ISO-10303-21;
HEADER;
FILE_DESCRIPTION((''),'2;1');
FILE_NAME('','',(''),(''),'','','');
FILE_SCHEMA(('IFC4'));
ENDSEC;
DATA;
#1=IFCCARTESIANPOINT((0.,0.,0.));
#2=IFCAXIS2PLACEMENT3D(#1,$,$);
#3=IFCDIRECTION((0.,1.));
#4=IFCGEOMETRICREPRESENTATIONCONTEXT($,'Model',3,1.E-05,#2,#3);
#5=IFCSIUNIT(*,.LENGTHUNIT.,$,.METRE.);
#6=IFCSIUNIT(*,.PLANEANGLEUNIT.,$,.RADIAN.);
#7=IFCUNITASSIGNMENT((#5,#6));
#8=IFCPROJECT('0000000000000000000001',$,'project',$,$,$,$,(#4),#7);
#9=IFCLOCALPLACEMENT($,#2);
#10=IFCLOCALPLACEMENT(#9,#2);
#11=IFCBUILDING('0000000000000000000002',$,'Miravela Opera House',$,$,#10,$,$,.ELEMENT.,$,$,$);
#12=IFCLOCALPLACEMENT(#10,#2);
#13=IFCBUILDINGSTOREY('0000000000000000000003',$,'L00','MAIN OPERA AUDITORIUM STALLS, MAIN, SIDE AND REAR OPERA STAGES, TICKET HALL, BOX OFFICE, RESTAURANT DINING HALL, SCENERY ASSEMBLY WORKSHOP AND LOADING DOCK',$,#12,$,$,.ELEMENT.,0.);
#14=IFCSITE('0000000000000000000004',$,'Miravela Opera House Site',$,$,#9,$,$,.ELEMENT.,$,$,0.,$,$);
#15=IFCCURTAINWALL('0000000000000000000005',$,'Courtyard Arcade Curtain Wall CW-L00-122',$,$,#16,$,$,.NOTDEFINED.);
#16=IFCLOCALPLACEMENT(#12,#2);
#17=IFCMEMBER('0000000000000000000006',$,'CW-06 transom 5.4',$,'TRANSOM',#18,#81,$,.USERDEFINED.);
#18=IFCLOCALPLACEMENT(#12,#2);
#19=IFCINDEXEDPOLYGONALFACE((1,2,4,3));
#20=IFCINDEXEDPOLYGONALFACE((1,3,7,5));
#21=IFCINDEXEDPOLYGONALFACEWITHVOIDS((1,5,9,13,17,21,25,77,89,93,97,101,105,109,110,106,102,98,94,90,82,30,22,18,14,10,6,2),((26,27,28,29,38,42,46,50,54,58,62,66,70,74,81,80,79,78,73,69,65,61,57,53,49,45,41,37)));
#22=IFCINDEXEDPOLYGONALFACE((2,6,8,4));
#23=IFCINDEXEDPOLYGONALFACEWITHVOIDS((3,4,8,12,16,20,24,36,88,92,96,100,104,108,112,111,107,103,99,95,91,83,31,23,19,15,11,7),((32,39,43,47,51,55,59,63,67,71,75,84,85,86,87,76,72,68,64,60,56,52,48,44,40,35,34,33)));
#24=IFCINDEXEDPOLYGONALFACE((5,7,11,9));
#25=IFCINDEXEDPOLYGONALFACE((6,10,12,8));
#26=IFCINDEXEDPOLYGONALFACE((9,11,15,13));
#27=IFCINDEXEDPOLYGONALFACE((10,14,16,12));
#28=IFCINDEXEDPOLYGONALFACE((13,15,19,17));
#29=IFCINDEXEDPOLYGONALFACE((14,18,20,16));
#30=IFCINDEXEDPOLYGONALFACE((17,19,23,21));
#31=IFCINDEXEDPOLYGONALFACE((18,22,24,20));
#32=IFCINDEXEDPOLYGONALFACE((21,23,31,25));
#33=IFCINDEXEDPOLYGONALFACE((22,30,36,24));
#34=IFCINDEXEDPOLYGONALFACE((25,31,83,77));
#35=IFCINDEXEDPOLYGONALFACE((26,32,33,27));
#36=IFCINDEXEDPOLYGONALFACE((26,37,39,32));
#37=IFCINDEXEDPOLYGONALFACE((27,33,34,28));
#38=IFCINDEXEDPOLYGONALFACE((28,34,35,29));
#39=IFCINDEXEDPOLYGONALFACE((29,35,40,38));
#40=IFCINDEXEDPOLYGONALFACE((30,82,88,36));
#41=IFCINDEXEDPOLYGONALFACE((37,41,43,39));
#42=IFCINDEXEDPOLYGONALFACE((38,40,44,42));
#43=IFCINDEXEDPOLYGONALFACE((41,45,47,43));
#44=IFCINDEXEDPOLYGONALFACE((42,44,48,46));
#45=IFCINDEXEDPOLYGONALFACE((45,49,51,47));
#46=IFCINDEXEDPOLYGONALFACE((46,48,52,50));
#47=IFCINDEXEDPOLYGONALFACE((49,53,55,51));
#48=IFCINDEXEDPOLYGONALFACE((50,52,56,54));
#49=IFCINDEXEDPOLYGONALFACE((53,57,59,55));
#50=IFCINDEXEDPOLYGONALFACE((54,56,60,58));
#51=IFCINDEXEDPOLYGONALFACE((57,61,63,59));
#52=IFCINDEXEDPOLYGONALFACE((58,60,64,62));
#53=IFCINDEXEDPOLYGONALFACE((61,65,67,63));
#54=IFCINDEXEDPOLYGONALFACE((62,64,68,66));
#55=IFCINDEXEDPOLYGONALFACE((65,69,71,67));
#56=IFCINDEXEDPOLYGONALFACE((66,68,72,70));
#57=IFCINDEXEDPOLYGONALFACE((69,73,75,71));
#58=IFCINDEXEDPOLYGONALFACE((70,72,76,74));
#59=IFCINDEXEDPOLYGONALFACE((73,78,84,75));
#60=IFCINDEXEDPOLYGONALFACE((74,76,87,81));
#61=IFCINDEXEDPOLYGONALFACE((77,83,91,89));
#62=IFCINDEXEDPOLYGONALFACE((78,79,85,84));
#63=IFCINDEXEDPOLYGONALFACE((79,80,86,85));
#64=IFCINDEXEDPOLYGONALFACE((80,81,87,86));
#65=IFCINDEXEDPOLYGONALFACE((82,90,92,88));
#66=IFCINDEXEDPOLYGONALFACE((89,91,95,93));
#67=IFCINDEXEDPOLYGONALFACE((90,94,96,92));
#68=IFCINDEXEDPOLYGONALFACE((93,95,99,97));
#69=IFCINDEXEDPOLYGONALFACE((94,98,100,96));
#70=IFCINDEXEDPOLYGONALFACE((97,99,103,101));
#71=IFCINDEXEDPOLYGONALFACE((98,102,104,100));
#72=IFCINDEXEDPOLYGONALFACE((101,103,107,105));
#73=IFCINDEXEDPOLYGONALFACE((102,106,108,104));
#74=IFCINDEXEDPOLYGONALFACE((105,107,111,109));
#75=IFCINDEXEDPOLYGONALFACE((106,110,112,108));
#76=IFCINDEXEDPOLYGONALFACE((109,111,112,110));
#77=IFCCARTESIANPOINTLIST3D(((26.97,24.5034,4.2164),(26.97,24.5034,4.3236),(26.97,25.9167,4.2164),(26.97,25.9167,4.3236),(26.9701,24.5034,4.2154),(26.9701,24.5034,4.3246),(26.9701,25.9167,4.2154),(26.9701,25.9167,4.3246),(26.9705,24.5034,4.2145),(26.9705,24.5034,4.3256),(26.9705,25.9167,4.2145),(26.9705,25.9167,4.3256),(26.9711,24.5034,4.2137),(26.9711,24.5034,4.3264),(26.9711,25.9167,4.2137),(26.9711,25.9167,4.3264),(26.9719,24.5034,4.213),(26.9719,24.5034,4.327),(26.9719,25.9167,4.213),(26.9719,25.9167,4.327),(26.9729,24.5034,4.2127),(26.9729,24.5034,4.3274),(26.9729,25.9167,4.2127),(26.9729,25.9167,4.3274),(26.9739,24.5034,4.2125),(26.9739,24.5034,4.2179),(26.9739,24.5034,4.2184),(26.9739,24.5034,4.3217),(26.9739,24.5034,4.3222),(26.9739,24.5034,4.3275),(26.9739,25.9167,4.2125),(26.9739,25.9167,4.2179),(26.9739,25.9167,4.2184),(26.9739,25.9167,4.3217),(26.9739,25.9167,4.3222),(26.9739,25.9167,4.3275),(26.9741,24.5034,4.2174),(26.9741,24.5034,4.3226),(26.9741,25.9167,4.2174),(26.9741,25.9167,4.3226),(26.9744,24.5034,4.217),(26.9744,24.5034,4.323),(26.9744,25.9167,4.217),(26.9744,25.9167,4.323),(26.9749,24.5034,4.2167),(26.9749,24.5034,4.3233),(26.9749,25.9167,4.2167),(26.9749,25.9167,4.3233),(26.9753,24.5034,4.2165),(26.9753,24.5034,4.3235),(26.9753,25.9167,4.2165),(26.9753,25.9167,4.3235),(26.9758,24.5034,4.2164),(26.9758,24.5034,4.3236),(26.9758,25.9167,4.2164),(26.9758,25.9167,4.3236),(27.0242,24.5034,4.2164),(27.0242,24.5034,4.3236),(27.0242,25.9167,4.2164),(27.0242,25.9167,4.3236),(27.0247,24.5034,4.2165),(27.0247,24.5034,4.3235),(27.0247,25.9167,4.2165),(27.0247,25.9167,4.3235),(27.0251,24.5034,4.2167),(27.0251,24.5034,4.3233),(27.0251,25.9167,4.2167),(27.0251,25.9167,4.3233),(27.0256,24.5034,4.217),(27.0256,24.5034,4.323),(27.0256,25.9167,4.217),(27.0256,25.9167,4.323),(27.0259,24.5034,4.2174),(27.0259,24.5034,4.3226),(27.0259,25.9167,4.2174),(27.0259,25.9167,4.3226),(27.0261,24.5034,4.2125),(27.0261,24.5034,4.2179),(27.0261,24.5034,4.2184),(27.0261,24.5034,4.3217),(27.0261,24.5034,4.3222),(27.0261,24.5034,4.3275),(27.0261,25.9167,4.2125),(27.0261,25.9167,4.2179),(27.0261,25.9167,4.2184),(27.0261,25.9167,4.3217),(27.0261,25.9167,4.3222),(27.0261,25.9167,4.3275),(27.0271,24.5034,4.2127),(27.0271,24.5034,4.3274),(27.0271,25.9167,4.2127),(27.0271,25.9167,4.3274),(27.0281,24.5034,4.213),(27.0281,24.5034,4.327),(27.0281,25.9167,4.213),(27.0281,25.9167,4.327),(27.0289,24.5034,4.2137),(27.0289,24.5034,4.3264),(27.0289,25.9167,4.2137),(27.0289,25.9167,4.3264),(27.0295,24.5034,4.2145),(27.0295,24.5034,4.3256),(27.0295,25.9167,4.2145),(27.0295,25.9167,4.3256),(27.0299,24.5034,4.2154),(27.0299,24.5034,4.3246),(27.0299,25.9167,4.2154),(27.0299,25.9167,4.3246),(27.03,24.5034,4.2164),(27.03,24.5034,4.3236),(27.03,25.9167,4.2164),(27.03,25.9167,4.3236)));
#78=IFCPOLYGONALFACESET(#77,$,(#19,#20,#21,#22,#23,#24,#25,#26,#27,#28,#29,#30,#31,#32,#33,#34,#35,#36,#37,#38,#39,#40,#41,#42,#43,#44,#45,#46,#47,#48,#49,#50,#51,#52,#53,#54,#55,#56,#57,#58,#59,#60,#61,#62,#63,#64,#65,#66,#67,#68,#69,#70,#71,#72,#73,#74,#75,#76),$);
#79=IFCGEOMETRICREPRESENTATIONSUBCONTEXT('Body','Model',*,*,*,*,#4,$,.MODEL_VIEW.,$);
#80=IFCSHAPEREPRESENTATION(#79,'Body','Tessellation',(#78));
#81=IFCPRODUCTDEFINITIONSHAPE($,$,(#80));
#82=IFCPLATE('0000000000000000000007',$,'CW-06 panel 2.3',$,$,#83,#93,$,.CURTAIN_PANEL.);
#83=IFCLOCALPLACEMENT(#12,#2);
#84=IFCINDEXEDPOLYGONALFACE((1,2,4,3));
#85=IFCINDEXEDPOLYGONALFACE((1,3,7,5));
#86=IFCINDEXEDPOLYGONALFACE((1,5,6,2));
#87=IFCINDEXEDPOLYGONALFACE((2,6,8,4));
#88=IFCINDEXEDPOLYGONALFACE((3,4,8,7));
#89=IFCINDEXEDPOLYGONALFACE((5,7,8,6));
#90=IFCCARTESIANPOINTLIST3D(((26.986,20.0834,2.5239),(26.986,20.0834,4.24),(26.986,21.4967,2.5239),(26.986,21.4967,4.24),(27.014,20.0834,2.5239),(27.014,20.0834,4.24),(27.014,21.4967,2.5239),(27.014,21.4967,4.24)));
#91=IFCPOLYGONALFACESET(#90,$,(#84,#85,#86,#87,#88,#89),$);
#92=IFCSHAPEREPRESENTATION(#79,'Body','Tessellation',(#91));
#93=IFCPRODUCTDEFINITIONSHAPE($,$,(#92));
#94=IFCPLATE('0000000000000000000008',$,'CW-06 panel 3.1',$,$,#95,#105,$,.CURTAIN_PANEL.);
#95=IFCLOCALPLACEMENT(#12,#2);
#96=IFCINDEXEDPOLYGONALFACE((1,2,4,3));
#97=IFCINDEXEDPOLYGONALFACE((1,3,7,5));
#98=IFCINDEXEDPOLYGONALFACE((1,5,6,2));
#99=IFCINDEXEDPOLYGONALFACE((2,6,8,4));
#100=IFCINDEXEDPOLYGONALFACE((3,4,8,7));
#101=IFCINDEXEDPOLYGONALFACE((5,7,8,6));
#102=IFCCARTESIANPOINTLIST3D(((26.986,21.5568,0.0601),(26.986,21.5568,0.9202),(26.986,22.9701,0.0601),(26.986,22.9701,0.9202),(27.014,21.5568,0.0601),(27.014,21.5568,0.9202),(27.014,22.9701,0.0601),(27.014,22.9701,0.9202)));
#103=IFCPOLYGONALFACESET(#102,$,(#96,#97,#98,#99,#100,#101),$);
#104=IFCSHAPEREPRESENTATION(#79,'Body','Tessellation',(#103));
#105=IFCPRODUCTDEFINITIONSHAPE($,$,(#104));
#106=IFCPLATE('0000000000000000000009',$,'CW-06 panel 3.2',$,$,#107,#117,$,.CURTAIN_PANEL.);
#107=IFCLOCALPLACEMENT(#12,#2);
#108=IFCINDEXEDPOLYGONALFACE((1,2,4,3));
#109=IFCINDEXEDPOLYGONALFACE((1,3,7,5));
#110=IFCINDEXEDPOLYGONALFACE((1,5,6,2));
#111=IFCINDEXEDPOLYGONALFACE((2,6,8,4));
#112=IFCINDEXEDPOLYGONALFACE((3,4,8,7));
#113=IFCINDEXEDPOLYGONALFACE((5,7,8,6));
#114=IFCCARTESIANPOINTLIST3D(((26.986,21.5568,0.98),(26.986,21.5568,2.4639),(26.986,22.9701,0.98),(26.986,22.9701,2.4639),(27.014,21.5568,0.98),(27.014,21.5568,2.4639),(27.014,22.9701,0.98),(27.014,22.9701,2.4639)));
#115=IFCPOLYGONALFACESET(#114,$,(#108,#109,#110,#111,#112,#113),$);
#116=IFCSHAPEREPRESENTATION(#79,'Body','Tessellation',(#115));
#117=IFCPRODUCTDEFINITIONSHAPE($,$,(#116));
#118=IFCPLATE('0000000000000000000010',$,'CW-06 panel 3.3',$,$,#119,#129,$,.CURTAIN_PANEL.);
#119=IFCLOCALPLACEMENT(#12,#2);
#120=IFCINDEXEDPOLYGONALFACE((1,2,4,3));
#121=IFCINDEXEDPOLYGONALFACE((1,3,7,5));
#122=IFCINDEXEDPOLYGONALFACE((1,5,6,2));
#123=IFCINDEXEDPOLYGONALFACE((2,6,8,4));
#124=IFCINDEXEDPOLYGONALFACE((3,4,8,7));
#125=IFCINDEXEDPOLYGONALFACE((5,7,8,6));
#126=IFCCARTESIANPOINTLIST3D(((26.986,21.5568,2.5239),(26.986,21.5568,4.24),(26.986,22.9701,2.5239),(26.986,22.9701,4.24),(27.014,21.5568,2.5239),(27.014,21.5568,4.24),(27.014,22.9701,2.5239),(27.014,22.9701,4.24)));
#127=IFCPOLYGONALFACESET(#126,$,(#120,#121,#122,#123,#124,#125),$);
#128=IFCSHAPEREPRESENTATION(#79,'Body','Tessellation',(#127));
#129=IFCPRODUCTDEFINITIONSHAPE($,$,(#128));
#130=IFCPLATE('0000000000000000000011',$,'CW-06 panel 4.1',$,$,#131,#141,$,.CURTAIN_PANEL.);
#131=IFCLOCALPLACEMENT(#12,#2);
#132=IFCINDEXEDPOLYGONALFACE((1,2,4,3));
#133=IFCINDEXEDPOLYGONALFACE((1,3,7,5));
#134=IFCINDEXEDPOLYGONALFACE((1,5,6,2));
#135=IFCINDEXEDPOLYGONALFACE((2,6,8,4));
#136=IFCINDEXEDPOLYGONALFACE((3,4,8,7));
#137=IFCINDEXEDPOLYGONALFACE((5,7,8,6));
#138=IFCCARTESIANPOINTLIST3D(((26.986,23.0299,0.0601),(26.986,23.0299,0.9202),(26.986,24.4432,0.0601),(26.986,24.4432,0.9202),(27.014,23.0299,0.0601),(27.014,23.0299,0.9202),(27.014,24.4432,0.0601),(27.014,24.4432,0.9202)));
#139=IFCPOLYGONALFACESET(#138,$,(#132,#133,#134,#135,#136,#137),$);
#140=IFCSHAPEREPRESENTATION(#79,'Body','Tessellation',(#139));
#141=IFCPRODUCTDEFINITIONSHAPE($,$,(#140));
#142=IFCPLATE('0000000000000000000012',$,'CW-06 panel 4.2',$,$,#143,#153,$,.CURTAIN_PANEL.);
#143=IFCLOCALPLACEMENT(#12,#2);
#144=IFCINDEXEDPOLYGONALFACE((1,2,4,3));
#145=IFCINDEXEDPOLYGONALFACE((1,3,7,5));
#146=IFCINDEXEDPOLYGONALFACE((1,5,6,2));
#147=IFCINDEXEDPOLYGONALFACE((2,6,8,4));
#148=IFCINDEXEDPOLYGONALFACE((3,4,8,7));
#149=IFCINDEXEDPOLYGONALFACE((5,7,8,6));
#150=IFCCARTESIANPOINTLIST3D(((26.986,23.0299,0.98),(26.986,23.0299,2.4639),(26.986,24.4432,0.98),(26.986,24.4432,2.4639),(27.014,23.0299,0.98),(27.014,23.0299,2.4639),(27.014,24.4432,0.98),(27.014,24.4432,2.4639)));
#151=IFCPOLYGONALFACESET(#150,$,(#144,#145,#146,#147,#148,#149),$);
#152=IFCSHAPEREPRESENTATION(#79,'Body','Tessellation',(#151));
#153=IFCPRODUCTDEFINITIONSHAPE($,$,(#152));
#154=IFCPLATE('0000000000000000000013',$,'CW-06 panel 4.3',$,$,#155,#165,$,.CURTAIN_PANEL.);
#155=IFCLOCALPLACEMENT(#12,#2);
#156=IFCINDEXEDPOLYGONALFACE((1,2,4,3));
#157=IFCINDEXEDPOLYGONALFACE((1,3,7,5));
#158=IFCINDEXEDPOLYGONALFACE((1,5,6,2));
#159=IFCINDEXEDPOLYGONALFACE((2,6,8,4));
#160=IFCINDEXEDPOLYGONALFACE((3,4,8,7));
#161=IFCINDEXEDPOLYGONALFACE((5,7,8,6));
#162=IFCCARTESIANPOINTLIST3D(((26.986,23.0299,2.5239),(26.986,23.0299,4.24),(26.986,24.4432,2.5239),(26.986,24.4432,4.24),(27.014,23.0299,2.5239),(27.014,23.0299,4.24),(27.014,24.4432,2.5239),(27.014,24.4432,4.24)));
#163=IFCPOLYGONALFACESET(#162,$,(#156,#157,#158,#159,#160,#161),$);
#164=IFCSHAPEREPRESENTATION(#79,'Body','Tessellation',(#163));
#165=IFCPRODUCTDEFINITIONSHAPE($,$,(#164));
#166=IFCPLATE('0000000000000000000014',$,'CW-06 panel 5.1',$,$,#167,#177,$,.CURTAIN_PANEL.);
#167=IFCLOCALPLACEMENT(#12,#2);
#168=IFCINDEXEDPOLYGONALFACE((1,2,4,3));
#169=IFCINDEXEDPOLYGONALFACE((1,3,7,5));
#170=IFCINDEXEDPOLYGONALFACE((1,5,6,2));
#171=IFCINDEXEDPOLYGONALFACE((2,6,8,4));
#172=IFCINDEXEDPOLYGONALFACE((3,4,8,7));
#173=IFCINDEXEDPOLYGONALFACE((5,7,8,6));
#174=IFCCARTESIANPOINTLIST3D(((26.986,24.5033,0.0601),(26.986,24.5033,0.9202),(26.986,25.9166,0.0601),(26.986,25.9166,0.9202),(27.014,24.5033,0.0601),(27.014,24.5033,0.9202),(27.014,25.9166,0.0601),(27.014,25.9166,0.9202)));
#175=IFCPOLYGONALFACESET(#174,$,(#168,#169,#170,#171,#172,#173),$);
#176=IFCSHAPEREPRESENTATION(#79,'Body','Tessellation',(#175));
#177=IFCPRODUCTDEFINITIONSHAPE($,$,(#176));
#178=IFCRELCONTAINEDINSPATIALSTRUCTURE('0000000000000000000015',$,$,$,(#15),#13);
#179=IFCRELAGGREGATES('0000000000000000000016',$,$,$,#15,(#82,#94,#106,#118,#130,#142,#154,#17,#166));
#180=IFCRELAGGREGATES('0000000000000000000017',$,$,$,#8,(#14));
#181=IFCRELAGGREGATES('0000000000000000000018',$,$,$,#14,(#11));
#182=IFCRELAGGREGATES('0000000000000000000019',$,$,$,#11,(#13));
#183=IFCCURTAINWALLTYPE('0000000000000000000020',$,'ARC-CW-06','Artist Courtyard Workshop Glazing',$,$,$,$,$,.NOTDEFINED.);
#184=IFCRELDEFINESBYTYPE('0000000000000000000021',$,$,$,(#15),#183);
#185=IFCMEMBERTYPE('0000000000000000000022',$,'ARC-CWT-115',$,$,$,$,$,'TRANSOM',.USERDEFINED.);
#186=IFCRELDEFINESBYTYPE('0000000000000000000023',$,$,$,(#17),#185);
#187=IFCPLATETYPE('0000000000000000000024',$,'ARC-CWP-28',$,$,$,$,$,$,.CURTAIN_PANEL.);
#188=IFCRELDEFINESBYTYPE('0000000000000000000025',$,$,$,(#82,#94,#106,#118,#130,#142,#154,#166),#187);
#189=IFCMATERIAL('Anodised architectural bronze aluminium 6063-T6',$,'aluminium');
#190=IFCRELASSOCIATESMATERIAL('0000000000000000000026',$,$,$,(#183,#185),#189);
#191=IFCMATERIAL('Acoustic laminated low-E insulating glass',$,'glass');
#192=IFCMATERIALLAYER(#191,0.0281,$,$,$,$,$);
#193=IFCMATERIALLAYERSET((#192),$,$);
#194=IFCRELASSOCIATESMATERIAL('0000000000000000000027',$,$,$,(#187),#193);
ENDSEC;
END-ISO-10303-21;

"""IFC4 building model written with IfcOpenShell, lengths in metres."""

from ifc_helpers import new_model, si_unit, direction, frame, origin, origin_2d, place, context, subcontext, project, spatial, rectangle, hollow_rectangle, extrude, material, layer, layer_set, material_profile, profile_set, type_object, element, aggregate, save


model = new_model("IFC4")

# Units and contexts
model_context = context("Model", 3, precision=1e-05, world=origin(), true_north=direction((0.0, 1.0)))
body_context = subcontext(model_context, "Body", "Model", "MODEL_VIEW")
ifc_project = project(units=[si_unit("LENGTHUNIT", "METRE"), si_unit("PLANEANGLEUNIT", "RADIAN")], contexts=[model_context])

# Site, building, storey
site_placement = place(None, origin())
site = spatial("IfcSite", under=ifc_project, at=site_placement, Name="Miravela Opera House Site", CompositionType="ELEMENT", RefElevation=0.0)
building_placement = place(site_placement, origin())
building = spatial("IfcBuilding", under=site, at=building_placement, Name="Miravela Opera House", CompositionType="ELEMENT")
storey_placement = place(building_placement, origin())
storey = spatial("IfcBuildingStorey", under=building, at=storey_placement, Name="L00", Description="MAIN OPERA AUDITORIUM STALLS, MAIN, SIDE AND REAR OPERA STAGES, TICKET HALL, BOX OFFICE, RESTAURANT DINING HALL, SCENERY ASSEMBLY WORKSHOP AND LOADING DOCK", CompositionType="ELEMENT", Elevation=0.0)

# Curtain wall, member, plates
ifc_material_1 = material(Name="Anodised architectural bronze aluminium 6063-T6", Category="aluminium")
curtain_wall_type = type_object("IfcCurtainWallType", Name="ARC-CW-06", Description="Artist Courtyard Workshop Glazing", PredefinedType="NOTDEFINED", material=ifc_material_1)
curtain_wall_placement = place(storey_placement, origin())
curtain_wall = element("IfcCurtainWall", 1, at=curtain_wall_placement, inside=storey, type_object=curtain_wall_type, Name="Courtyard Arcade Curtain Wall CW-L00-122", PredefinedType="NOTDEFINED")
ifc_material_profile_1 = material_profile(ifc_material_1, hollow_rectangle(XDim=0.0601, YDim=0.115, WallThickness=0.0039, InnerFilletRadius=0.002, OuterFilletRadius=0.0039, at=origin_2d()), Name="CWT-60X115")
ifc_profile_set_1 = profile_set([ifc_material_profile_1])
member_type_1 = type_object("IfcMemberType", Name="ARC-CWT-115", ElementType="TRANSOM", PredefinedType="USERDEFINED", material=ifc_profile_set_1)
member_1_placement = place(storey_placement, frame((27.0, 24.5034, 4.27), z_axis=(0.0, 1.0, 0.0), x_axis=(-1.0, 0.0, 0.0)))
member_1 = element("IfcMember", 2, at=member_1_placement, type_object=member_type_1, Name="CW-06 transom 5.4", ObjectType="TRANSOM", PredefinedType="USERDEFINED", context=body_context, shape_type="SweptSolid", body=[
    extrude(hollow_rectangle(XDim=0.0601, YDim=0.115, WallThickness=0.0039, InnerFilletRadius=0.002, OuterFilletRadius=0.0039, at=origin_2d()), origin(), (0.0, 0.0, 1.0), 1.4133),
])
ifc_material_2 = material(Name="Acoustic laminated low-E insulating glass", Category="glass")
ifc_layer = layer(ifc_material_2, 0.0281)
ifc_layer_set = layer_set([ifc_layer])
plate_type = type_object("IfcPlateType", Name="ARC-CWP-28", PredefinedType="CURTAIN_PANEL", material=ifc_layer_set)
plate_1_placement = place(storey_placement, frame((27.0, 20.79, 2.5239), z_axis=(0.0, 0.0, 1.0), x_axis=(0.0, 1.0, 0.0)))
plate_1 = element("IfcPlate", 3, at=plate_1_placement, type_object=plate_type, Name="CW-06 panel 2.3", PredefinedType="CURTAIN_PANEL", context=body_context, shape_type="SweptSolid", body=[
    extrude(rectangle(XDim=1.4133, YDim=0.0281, at=origin_2d()), origin(), (0.0, 0.0, 1.0), 1.7161),
])
plate_2_placement = place(storey_placement, frame((27.0, 22.2634, 0.0601), z_axis=(0.0, 0.0, 1.0), x_axis=(0.0, 1.0, 0.0)))
plate_2 = element("IfcPlate", 4, at=plate_2_placement, type_object=plate_type, Name="CW-06 panel 3.1", PredefinedType="CURTAIN_PANEL", context=body_context, shape_type="SweptSolid", body=[
    extrude(rectangle(XDim=1.4133, YDim=0.0281, at=origin_2d()), origin(), (0.0, 0.0, 1.0), 0.8601),
])
plate_3_placement = place(storey_placement, frame((27.0, 22.2634, 0.98), z_axis=(0.0, 0.0, 1.0), x_axis=(0.0, 1.0, 0.0)))
plate_3 = element("IfcPlate", 5, at=plate_3_placement, type_object=plate_type, Name="CW-06 panel 3.2", PredefinedType="CURTAIN_PANEL", context=body_context, shape_type="SweptSolid", body=[
    extrude(rectangle(XDim=1.4133, YDim=0.0281, at=origin_2d()), origin(), (0.0, 0.0, 1.0), 1.4839),
])
plate_4_placement = place(storey_placement, frame((27.0, 22.2634, 2.5239), z_axis=(0.0, 0.0, 1.0), x_axis=(0.0, 1.0, 0.0)))
plate_4 = element("IfcPlate", 6, at=plate_4_placement, type_object=plate_type, Name="CW-06 panel 3.3", PredefinedType="CURTAIN_PANEL", context=body_context, shape_type="SweptSolid", body=[
    extrude(rectangle(XDim=1.4133, YDim=0.0281, at=origin_2d()), origin(), (0.0, 0.0, 1.0), 1.7161),
])
plate_5_placement = place(storey_placement, frame((27.0, 23.7366, 0.0601), z_axis=(0.0, 0.0, 1.0), x_axis=(0.0, 1.0, 0.0)))
plate_5 = element("IfcPlate", 7, at=plate_5_placement, type_object=plate_type, Name="CW-06 panel 4.1", PredefinedType="CURTAIN_PANEL", context=body_context, shape_type="SweptSolid", body=[
    extrude(rectangle(XDim=1.4133, YDim=0.0281, at=origin_2d()), origin(), (0.0, 0.0, 1.0), 0.8601),
])
plate_6_placement = place(storey_placement, frame((27.0, 23.7366, 0.98), z_axis=(0.0, 0.0, 1.0), x_axis=(0.0, 1.0, 0.0)))
plate_6 = element("IfcPlate", 8, at=plate_6_placement, type_object=plate_type, Name="CW-06 panel 4.2", PredefinedType="CURTAIN_PANEL", context=body_context, shape_type="SweptSolid", body=[
    extrude(rectangle(XDim=1.4133, YDim=0.0281, at=origin_2d()), origin(), (0.0, 0.0, 1.0), 1.4839),
])
plate_7_placement = place(storey_placement, frame((27.0, 23.7366, 2.5239), z_axis=(0.0, 0.0, 1.0), x_axis=(0.0, 1.0, 0.0)))
plate_7 = element("IfcPlate", 9, at=plate_7_placement, type_object=plate_type, Name="CW-06 panel 4.3", PredefinedType="CURTAIN_PANEL", context=body_context, shape_type="SweptSolid", body=[
    extrude(rectangle(XDim=1.4133, YDim=0.0281, at=origin_2d()), origin(), (0.0, 0.0, 1.0), 1.7161),
])
plate_8_placement = place(storey_placement, frame((27.0, 25.21, 0.0601), z_axis=(0.0, 0.0, 1.0), x_axis=(0.0, 1.0, 0.0)))
plate_8 = element("IfcPlate", 10, at=plate_8_placement, type_object=plate_type, Name="CW-06 panel 5.1", PredefinedType="CURTAIN_PANEL", context=body_context, shape_type="SweptSolid", body=[
    extrude(rectangle(XDim=1.4133, YDim=0.0281, at=origin_2d()), origin(), (0.0, 0.0, 1.0), 0.8601),
])
aggregate(curtain_wall, [plate_1, plate_2, plate_3, plate_4, plate_5, plate_6, plate_7, member_1, plate_8])

save(model, "model.ifc")
